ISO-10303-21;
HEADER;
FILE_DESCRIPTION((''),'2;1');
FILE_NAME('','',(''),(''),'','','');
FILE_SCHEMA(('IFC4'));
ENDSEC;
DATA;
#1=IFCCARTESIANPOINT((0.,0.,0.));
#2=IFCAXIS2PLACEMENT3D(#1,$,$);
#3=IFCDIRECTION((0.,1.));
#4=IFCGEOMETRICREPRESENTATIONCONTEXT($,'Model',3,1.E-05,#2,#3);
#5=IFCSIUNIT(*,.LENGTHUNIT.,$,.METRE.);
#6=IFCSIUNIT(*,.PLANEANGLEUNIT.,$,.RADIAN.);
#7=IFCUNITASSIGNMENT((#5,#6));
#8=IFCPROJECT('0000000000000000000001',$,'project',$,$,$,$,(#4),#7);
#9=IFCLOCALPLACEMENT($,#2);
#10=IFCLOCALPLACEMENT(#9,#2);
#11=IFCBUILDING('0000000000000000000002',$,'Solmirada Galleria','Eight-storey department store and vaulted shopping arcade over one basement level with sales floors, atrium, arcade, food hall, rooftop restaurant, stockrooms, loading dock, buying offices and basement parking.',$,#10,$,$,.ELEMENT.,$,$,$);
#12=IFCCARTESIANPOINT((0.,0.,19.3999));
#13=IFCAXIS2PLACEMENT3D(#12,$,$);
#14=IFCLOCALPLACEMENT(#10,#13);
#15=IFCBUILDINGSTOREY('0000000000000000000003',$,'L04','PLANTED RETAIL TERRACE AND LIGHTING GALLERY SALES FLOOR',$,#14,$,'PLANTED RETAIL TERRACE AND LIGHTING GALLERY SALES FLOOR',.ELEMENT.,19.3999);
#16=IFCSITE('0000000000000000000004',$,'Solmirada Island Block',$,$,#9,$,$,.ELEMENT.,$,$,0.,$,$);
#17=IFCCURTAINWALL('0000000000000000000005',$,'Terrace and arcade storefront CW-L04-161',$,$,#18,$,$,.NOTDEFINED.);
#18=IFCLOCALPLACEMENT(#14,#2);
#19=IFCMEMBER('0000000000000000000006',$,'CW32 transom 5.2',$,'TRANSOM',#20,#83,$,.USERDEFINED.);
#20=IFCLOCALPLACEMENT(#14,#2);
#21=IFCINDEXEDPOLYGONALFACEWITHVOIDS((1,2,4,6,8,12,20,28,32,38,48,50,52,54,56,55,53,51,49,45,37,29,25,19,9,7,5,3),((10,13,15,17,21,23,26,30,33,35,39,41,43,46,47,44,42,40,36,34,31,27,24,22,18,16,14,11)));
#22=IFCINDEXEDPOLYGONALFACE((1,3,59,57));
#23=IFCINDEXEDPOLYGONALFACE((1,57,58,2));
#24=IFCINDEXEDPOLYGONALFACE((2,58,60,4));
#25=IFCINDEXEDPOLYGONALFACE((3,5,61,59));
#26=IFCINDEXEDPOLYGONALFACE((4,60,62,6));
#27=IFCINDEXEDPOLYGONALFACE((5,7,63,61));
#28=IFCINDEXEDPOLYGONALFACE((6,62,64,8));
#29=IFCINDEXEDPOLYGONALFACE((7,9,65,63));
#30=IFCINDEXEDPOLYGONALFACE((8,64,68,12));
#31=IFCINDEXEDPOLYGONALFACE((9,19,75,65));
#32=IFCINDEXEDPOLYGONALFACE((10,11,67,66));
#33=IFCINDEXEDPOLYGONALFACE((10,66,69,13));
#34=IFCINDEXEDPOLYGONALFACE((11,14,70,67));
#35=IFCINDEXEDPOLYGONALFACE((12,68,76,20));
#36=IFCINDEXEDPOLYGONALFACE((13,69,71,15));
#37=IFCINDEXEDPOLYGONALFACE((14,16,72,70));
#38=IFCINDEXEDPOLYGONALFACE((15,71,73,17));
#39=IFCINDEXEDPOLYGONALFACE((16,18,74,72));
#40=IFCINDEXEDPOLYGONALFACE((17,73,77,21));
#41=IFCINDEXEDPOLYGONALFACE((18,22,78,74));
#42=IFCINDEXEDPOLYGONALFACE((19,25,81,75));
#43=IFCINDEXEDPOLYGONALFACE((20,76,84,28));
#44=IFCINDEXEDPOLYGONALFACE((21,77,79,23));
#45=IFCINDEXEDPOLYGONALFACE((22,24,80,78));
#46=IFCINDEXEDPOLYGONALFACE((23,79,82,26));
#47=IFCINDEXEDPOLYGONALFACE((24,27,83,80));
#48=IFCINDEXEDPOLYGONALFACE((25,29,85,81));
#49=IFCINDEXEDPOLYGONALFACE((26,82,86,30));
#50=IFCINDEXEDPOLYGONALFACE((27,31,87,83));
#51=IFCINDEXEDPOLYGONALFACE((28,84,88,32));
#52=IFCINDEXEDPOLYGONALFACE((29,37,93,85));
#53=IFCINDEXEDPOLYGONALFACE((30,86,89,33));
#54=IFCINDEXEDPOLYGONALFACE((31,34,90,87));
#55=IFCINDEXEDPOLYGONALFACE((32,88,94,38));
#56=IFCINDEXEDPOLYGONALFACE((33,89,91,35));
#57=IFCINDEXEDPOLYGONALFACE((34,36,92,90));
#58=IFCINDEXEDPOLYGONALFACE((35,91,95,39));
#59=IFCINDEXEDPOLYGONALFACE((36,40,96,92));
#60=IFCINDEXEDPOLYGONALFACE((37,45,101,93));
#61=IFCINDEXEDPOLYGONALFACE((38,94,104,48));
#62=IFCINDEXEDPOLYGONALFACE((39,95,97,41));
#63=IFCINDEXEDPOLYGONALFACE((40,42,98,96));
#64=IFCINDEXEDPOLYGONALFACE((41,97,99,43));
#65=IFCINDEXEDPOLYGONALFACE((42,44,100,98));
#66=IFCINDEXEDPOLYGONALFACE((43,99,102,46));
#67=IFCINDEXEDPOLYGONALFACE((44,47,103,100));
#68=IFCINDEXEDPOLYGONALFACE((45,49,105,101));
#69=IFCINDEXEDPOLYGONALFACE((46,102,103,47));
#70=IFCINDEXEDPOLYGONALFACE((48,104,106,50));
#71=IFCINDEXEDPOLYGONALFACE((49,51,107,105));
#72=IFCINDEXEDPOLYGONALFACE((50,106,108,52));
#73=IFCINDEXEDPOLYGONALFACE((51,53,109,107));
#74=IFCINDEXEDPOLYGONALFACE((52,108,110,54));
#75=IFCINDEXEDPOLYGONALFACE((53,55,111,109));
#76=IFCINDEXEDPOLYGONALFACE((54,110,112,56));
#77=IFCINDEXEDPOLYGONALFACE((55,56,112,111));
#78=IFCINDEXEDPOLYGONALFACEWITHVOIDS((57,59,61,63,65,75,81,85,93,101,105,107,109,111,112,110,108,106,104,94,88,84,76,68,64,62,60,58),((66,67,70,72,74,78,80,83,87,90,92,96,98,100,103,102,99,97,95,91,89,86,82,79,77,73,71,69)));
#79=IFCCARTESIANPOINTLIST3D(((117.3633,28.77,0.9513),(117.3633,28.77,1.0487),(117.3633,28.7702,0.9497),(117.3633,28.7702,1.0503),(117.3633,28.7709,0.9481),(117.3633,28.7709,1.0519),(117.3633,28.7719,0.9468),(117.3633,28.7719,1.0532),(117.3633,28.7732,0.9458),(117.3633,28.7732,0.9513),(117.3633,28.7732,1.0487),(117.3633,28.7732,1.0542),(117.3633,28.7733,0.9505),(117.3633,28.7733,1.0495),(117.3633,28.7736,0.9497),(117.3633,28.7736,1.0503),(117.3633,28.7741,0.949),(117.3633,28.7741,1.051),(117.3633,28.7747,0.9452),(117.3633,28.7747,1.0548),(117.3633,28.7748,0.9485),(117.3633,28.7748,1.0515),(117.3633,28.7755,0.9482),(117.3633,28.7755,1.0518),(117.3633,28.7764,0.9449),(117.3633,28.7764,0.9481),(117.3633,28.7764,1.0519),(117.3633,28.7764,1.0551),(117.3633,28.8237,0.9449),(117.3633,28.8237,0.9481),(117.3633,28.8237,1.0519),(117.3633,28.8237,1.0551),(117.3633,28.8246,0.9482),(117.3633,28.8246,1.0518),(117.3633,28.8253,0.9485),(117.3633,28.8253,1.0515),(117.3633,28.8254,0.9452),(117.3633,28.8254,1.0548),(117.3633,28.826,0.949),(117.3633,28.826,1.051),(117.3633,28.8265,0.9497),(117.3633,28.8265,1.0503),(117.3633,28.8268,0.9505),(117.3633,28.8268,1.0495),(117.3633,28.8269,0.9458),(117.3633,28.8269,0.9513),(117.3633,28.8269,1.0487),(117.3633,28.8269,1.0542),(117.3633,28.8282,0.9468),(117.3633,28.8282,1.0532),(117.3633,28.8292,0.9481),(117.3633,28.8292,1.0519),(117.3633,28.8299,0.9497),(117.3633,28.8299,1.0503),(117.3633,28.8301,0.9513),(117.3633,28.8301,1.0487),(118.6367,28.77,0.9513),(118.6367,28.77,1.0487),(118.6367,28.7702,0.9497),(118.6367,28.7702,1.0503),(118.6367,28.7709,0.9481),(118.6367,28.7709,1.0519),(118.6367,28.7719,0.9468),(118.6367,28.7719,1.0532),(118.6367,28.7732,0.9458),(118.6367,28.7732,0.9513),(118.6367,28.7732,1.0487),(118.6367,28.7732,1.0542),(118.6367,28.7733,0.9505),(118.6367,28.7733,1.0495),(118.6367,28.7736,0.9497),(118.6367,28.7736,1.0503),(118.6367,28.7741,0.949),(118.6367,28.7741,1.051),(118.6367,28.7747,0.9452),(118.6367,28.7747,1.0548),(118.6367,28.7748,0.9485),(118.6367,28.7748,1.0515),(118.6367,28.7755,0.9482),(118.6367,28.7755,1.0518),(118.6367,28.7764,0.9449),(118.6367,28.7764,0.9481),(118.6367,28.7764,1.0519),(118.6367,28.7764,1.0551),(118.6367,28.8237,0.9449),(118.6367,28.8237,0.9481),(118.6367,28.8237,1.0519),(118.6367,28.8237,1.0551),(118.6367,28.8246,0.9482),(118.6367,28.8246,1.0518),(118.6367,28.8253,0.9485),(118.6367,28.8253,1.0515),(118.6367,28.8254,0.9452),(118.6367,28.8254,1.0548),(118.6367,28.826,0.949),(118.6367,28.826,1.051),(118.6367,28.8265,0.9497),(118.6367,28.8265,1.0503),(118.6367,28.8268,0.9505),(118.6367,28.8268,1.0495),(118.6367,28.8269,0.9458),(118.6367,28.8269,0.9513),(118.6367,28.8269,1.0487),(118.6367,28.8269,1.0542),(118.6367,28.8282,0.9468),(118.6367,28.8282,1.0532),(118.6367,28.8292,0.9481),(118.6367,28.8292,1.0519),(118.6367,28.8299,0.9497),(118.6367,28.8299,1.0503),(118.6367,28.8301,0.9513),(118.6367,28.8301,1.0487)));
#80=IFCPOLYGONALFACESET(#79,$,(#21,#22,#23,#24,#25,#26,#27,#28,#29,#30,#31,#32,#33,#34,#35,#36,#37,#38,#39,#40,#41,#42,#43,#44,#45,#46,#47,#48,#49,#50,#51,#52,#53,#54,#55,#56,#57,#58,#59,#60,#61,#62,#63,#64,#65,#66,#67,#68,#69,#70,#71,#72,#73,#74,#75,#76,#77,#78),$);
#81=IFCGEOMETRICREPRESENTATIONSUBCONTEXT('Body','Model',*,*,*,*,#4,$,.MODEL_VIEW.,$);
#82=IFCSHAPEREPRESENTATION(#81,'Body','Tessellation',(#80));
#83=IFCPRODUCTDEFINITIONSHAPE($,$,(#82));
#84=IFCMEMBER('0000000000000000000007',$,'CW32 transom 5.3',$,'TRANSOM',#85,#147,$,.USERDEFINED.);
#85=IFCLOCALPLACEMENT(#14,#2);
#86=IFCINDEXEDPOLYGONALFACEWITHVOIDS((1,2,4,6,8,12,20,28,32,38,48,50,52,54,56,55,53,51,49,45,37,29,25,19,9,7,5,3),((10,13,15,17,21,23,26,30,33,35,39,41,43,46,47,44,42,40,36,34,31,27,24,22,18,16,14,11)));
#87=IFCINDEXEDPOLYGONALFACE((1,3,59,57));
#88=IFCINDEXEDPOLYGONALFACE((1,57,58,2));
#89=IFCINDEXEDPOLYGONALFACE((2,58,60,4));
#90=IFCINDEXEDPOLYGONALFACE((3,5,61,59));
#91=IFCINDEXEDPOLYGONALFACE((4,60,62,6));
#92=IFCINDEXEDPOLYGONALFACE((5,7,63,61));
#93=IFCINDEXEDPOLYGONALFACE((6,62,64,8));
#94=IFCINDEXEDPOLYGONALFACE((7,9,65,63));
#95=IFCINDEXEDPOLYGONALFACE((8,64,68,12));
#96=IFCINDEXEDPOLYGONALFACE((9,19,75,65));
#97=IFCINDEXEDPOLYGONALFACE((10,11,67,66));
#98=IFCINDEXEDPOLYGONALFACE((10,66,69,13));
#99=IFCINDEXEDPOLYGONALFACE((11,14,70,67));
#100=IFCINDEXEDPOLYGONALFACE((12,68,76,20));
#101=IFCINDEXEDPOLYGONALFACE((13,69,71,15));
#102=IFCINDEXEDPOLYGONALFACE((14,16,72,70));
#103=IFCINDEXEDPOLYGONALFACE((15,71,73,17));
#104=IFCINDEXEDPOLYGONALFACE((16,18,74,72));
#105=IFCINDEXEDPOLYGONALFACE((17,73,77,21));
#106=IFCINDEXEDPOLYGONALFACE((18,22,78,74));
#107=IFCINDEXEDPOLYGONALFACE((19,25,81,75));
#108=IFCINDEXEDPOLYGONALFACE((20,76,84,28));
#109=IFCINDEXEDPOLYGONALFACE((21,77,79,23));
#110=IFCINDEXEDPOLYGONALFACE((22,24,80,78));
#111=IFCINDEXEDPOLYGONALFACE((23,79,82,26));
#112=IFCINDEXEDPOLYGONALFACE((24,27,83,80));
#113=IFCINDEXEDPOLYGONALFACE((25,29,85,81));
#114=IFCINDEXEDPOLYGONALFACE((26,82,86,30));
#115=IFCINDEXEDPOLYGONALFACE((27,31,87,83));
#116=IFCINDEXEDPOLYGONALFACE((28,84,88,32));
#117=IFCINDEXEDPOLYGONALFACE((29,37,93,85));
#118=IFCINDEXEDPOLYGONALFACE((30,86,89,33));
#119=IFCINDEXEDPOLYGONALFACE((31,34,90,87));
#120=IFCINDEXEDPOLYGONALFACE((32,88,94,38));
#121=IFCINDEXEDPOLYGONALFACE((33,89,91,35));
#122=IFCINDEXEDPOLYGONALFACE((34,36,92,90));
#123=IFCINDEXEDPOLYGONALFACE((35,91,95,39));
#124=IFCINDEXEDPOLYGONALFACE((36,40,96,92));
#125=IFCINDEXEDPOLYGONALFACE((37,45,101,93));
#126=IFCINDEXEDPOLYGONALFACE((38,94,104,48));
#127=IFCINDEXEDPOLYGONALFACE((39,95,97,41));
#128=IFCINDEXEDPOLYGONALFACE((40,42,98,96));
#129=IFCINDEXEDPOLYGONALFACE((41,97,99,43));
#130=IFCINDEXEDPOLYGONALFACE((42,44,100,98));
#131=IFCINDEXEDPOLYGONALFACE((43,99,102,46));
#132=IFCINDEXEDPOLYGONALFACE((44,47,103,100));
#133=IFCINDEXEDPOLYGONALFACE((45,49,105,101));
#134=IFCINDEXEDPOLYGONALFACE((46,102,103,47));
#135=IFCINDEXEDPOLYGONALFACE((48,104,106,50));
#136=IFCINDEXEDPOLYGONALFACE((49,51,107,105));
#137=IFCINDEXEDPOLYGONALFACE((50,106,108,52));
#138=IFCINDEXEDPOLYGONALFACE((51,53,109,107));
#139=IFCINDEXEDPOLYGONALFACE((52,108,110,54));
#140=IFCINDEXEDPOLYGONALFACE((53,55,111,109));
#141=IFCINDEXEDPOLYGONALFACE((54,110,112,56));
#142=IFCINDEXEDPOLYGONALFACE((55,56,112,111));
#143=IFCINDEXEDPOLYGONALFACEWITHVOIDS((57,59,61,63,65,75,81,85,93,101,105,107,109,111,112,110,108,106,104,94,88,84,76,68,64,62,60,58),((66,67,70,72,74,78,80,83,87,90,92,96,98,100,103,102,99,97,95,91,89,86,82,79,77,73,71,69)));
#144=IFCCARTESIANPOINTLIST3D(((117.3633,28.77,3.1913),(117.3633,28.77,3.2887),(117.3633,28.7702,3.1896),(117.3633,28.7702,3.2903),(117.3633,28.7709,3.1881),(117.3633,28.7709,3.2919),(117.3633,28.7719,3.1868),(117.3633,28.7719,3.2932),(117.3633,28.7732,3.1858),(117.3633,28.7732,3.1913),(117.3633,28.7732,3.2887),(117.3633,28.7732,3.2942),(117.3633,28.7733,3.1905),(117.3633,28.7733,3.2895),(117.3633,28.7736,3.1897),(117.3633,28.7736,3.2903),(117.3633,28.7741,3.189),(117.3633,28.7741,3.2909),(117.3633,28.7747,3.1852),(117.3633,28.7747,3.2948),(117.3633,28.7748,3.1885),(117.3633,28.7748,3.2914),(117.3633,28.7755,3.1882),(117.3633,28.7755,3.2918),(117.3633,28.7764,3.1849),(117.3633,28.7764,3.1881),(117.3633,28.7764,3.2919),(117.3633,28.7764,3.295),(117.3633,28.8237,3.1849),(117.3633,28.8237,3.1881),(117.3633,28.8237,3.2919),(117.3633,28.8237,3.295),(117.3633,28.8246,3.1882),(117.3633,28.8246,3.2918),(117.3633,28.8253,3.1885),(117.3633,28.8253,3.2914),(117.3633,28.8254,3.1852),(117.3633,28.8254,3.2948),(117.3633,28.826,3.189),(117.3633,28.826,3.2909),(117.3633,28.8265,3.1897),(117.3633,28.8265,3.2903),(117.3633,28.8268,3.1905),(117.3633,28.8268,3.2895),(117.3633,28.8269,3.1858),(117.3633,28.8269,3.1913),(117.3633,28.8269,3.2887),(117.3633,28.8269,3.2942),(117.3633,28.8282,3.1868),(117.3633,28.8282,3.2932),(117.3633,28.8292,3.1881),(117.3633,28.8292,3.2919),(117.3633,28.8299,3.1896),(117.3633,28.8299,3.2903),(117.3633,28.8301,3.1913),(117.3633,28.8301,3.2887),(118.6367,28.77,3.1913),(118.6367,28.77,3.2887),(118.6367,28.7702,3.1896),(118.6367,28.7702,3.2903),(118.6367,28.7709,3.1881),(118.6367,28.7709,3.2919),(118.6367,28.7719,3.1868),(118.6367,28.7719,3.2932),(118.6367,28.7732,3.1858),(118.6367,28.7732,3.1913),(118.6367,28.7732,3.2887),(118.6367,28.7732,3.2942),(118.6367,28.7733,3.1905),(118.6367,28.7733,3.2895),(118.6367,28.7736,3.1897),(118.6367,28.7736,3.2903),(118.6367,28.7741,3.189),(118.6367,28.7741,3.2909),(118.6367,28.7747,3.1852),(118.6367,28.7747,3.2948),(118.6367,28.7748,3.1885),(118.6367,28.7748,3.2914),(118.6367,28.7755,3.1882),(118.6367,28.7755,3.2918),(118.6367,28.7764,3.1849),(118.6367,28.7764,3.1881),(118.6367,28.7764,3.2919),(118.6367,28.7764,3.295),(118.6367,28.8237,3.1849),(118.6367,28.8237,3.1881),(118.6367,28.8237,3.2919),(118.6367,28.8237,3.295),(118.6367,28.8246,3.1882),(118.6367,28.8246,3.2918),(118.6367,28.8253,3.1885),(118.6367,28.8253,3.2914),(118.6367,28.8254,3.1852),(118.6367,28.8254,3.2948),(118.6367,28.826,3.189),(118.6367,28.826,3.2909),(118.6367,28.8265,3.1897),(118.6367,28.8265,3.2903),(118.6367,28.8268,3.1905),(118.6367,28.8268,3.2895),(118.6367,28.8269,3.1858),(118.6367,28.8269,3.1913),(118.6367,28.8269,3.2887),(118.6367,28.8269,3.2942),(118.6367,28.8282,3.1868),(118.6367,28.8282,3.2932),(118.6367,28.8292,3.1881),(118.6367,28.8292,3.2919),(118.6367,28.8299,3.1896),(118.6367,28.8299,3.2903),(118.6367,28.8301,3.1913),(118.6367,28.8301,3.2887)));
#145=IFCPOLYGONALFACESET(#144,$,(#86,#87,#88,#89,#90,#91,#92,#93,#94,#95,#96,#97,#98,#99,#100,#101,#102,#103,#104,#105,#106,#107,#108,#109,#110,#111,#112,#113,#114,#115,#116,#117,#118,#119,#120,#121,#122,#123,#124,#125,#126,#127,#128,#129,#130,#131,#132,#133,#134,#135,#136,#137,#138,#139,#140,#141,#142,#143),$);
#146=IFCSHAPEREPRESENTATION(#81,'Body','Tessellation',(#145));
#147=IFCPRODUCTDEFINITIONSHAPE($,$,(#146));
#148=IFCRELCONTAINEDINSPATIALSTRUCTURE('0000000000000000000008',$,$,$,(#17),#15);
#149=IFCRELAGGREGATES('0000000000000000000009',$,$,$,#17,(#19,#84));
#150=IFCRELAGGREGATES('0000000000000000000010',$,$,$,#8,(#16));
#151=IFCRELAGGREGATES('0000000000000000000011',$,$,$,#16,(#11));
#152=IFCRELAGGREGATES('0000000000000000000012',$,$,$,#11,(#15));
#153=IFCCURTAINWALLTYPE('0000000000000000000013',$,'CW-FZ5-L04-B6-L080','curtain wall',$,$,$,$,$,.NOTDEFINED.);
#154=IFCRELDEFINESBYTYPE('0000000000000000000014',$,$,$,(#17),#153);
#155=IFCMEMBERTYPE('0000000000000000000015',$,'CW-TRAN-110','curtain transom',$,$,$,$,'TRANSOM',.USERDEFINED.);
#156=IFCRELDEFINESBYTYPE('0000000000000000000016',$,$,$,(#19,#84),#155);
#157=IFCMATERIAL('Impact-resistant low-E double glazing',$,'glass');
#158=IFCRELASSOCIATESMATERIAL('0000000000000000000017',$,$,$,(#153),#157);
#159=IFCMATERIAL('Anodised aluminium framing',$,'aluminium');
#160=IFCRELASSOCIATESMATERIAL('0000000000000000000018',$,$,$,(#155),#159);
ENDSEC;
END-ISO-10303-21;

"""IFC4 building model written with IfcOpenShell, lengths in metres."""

from ifc_helpers import new_model, si_unit, direction, frame, origin, origin_2d, place, context, subcontext, project, spatial, hollow_rectangle, extrude, material, material_profile, profile_set, type_object, element, aggregate, save


model = new_model("IFC4")

# Units and contexts
model_context = context("Model", 3, precision=1e-05, world=origin(), true_north=direction((0.0, 1.0)))
body_context = subcontext(model_context, "Body", "Model", "MODEL_VIEW")
ifc_project = project(units=[si_unit("LENGTHUNIT", "METRE"), si_unit("PLANEANGLEUNIT", "RADIAN")], contexts=[model_context])

# Site, building, storey
site_placement = place(None, origin())
site = spatial("IfcSite", under=ifc_project, at=site_placement, Name="Solmirada Island Block", CompositionType="ELEMENT", RefElevation=0.0)
building_placement = place(site_placement, origin())
building = spatial("IfcBuilding", under=site, at=building_placement, Name="Solmirada Galleria", Description="Eight-storey department store and vaulted shopping arcade over one basement level with sales floors, atrium, arcade, food hall, rooftop restaurant, stockrooms, loading dock, buying offices and basement parking.", CompositionType="ELEMENT")
storey_placement = place(building_placement, frame((0.0, 0.0, 19.3999)))
storey = spatial("IfcBuildingStorey", under=building, at=storey_placement, Name="L04", Description="PLANTED RETAIL TERRACE AND LIGHTING GALLERY SALES FLOOR", LongName="PLANTED RETAIL TERRACE AND LIGHTING GALLERY SALES FLOOR", CompositionType="ELEMENT", Elevation=19.3999)

# Curtain wall, members
ifc_material_1 = material(Name="Impact-resistant low-E double glazing", Category="glass")
curtain_wall_type = type_object("IfcCurtainWallType", Name="CW-FZ5-L04-B6-L080", Description="curtain wall", PredefinedType="NOTDEFINED", material=ifc_material_1)
curtain_wall_placement = place(storey_placement, origin())
curtain_wall = element("IfcCurtainWall", 1, at=curtain_wall_placement, inside=storey, type_object=curtain_wall_type, Name="Terrace and arcade storefront CW-L04-161", PredefinedType="NOTDEFINED")
ifc_material_2 = material(Name="Anodised aluminium framing", Category="aluminium")
ifc_material_profile_1 = material_profile(ifc_material_2, hollow_rectangle(XDim=0.0601, YDim=0.1101, WallThickness=0.0032, InnerFilletRadius=0.0032, OuterFilletRadius=0.0063, at=origin_2d()), Name="ALU-TRAN-110X60")
ifc_profile_set_1 = profile_set([ifc_material_profile_1], Name="Anodised aluminium framing")
member_type_1 = type_object("IfcMemberType", Name="CW-TRAN-110", Description="curtain transom", ElementType="TRANSOM", PredefinedType="USERDEFINED", material=ifc_profile_set_1)
member_1_placement = place(storey_placement, frame((117.3633, 28.8, 1.0), z_axis=(1.0, 0.0, 0.0), x_axis=(0.0, 1.0, 0.0)))
member_1 = element("IfcMember", 2, at=member_1_placement, type_object=member_type_1, Name="CW32 transom 5.2", ObjectType="TRANSOM", PredefinedType="USERDEFINED", context=body_context, shape_type="SweptSolid", body=[
    extrude(hollow_rectangle(XDim=0.0601, YDim=0.1101, WallThickness=0.0032, InnerFilletRadius=0.0032, OuterFilletRadius=0.0063, at=origin_2d()), origin(), (0.0, 0.0, 1.0), 1.2734),
])
member_2_placement = place(storey_placement, frame((117.3633, 28.8, 3.24), z_axis=(1.0, 0.0, 0.0), x_axis=(0.0, 1.0, 0.0)))
member_2 = element("IfcMember", 3, at=member_2_placement, type_object=member_type_1, Name="CW32 transom 5.3", ObjectType="TRANSOM", PredefinedType="USERDEFINED", context=body_context, shape_type="SweptSolid", body=[
    extrude(hollow_rectangle(XDim=0.0601, YDim=0.1101, WallThickness=0.0032, InnerFilletRadius=0.0032, OuterFilletRadius=0.0063, at=origin_2d()), origin(), (0.0, 0.0, 1.0), 1.2734),
])
aggregate(curtain_wall, [member_1, member_2])

save(model, "model.ifc")
